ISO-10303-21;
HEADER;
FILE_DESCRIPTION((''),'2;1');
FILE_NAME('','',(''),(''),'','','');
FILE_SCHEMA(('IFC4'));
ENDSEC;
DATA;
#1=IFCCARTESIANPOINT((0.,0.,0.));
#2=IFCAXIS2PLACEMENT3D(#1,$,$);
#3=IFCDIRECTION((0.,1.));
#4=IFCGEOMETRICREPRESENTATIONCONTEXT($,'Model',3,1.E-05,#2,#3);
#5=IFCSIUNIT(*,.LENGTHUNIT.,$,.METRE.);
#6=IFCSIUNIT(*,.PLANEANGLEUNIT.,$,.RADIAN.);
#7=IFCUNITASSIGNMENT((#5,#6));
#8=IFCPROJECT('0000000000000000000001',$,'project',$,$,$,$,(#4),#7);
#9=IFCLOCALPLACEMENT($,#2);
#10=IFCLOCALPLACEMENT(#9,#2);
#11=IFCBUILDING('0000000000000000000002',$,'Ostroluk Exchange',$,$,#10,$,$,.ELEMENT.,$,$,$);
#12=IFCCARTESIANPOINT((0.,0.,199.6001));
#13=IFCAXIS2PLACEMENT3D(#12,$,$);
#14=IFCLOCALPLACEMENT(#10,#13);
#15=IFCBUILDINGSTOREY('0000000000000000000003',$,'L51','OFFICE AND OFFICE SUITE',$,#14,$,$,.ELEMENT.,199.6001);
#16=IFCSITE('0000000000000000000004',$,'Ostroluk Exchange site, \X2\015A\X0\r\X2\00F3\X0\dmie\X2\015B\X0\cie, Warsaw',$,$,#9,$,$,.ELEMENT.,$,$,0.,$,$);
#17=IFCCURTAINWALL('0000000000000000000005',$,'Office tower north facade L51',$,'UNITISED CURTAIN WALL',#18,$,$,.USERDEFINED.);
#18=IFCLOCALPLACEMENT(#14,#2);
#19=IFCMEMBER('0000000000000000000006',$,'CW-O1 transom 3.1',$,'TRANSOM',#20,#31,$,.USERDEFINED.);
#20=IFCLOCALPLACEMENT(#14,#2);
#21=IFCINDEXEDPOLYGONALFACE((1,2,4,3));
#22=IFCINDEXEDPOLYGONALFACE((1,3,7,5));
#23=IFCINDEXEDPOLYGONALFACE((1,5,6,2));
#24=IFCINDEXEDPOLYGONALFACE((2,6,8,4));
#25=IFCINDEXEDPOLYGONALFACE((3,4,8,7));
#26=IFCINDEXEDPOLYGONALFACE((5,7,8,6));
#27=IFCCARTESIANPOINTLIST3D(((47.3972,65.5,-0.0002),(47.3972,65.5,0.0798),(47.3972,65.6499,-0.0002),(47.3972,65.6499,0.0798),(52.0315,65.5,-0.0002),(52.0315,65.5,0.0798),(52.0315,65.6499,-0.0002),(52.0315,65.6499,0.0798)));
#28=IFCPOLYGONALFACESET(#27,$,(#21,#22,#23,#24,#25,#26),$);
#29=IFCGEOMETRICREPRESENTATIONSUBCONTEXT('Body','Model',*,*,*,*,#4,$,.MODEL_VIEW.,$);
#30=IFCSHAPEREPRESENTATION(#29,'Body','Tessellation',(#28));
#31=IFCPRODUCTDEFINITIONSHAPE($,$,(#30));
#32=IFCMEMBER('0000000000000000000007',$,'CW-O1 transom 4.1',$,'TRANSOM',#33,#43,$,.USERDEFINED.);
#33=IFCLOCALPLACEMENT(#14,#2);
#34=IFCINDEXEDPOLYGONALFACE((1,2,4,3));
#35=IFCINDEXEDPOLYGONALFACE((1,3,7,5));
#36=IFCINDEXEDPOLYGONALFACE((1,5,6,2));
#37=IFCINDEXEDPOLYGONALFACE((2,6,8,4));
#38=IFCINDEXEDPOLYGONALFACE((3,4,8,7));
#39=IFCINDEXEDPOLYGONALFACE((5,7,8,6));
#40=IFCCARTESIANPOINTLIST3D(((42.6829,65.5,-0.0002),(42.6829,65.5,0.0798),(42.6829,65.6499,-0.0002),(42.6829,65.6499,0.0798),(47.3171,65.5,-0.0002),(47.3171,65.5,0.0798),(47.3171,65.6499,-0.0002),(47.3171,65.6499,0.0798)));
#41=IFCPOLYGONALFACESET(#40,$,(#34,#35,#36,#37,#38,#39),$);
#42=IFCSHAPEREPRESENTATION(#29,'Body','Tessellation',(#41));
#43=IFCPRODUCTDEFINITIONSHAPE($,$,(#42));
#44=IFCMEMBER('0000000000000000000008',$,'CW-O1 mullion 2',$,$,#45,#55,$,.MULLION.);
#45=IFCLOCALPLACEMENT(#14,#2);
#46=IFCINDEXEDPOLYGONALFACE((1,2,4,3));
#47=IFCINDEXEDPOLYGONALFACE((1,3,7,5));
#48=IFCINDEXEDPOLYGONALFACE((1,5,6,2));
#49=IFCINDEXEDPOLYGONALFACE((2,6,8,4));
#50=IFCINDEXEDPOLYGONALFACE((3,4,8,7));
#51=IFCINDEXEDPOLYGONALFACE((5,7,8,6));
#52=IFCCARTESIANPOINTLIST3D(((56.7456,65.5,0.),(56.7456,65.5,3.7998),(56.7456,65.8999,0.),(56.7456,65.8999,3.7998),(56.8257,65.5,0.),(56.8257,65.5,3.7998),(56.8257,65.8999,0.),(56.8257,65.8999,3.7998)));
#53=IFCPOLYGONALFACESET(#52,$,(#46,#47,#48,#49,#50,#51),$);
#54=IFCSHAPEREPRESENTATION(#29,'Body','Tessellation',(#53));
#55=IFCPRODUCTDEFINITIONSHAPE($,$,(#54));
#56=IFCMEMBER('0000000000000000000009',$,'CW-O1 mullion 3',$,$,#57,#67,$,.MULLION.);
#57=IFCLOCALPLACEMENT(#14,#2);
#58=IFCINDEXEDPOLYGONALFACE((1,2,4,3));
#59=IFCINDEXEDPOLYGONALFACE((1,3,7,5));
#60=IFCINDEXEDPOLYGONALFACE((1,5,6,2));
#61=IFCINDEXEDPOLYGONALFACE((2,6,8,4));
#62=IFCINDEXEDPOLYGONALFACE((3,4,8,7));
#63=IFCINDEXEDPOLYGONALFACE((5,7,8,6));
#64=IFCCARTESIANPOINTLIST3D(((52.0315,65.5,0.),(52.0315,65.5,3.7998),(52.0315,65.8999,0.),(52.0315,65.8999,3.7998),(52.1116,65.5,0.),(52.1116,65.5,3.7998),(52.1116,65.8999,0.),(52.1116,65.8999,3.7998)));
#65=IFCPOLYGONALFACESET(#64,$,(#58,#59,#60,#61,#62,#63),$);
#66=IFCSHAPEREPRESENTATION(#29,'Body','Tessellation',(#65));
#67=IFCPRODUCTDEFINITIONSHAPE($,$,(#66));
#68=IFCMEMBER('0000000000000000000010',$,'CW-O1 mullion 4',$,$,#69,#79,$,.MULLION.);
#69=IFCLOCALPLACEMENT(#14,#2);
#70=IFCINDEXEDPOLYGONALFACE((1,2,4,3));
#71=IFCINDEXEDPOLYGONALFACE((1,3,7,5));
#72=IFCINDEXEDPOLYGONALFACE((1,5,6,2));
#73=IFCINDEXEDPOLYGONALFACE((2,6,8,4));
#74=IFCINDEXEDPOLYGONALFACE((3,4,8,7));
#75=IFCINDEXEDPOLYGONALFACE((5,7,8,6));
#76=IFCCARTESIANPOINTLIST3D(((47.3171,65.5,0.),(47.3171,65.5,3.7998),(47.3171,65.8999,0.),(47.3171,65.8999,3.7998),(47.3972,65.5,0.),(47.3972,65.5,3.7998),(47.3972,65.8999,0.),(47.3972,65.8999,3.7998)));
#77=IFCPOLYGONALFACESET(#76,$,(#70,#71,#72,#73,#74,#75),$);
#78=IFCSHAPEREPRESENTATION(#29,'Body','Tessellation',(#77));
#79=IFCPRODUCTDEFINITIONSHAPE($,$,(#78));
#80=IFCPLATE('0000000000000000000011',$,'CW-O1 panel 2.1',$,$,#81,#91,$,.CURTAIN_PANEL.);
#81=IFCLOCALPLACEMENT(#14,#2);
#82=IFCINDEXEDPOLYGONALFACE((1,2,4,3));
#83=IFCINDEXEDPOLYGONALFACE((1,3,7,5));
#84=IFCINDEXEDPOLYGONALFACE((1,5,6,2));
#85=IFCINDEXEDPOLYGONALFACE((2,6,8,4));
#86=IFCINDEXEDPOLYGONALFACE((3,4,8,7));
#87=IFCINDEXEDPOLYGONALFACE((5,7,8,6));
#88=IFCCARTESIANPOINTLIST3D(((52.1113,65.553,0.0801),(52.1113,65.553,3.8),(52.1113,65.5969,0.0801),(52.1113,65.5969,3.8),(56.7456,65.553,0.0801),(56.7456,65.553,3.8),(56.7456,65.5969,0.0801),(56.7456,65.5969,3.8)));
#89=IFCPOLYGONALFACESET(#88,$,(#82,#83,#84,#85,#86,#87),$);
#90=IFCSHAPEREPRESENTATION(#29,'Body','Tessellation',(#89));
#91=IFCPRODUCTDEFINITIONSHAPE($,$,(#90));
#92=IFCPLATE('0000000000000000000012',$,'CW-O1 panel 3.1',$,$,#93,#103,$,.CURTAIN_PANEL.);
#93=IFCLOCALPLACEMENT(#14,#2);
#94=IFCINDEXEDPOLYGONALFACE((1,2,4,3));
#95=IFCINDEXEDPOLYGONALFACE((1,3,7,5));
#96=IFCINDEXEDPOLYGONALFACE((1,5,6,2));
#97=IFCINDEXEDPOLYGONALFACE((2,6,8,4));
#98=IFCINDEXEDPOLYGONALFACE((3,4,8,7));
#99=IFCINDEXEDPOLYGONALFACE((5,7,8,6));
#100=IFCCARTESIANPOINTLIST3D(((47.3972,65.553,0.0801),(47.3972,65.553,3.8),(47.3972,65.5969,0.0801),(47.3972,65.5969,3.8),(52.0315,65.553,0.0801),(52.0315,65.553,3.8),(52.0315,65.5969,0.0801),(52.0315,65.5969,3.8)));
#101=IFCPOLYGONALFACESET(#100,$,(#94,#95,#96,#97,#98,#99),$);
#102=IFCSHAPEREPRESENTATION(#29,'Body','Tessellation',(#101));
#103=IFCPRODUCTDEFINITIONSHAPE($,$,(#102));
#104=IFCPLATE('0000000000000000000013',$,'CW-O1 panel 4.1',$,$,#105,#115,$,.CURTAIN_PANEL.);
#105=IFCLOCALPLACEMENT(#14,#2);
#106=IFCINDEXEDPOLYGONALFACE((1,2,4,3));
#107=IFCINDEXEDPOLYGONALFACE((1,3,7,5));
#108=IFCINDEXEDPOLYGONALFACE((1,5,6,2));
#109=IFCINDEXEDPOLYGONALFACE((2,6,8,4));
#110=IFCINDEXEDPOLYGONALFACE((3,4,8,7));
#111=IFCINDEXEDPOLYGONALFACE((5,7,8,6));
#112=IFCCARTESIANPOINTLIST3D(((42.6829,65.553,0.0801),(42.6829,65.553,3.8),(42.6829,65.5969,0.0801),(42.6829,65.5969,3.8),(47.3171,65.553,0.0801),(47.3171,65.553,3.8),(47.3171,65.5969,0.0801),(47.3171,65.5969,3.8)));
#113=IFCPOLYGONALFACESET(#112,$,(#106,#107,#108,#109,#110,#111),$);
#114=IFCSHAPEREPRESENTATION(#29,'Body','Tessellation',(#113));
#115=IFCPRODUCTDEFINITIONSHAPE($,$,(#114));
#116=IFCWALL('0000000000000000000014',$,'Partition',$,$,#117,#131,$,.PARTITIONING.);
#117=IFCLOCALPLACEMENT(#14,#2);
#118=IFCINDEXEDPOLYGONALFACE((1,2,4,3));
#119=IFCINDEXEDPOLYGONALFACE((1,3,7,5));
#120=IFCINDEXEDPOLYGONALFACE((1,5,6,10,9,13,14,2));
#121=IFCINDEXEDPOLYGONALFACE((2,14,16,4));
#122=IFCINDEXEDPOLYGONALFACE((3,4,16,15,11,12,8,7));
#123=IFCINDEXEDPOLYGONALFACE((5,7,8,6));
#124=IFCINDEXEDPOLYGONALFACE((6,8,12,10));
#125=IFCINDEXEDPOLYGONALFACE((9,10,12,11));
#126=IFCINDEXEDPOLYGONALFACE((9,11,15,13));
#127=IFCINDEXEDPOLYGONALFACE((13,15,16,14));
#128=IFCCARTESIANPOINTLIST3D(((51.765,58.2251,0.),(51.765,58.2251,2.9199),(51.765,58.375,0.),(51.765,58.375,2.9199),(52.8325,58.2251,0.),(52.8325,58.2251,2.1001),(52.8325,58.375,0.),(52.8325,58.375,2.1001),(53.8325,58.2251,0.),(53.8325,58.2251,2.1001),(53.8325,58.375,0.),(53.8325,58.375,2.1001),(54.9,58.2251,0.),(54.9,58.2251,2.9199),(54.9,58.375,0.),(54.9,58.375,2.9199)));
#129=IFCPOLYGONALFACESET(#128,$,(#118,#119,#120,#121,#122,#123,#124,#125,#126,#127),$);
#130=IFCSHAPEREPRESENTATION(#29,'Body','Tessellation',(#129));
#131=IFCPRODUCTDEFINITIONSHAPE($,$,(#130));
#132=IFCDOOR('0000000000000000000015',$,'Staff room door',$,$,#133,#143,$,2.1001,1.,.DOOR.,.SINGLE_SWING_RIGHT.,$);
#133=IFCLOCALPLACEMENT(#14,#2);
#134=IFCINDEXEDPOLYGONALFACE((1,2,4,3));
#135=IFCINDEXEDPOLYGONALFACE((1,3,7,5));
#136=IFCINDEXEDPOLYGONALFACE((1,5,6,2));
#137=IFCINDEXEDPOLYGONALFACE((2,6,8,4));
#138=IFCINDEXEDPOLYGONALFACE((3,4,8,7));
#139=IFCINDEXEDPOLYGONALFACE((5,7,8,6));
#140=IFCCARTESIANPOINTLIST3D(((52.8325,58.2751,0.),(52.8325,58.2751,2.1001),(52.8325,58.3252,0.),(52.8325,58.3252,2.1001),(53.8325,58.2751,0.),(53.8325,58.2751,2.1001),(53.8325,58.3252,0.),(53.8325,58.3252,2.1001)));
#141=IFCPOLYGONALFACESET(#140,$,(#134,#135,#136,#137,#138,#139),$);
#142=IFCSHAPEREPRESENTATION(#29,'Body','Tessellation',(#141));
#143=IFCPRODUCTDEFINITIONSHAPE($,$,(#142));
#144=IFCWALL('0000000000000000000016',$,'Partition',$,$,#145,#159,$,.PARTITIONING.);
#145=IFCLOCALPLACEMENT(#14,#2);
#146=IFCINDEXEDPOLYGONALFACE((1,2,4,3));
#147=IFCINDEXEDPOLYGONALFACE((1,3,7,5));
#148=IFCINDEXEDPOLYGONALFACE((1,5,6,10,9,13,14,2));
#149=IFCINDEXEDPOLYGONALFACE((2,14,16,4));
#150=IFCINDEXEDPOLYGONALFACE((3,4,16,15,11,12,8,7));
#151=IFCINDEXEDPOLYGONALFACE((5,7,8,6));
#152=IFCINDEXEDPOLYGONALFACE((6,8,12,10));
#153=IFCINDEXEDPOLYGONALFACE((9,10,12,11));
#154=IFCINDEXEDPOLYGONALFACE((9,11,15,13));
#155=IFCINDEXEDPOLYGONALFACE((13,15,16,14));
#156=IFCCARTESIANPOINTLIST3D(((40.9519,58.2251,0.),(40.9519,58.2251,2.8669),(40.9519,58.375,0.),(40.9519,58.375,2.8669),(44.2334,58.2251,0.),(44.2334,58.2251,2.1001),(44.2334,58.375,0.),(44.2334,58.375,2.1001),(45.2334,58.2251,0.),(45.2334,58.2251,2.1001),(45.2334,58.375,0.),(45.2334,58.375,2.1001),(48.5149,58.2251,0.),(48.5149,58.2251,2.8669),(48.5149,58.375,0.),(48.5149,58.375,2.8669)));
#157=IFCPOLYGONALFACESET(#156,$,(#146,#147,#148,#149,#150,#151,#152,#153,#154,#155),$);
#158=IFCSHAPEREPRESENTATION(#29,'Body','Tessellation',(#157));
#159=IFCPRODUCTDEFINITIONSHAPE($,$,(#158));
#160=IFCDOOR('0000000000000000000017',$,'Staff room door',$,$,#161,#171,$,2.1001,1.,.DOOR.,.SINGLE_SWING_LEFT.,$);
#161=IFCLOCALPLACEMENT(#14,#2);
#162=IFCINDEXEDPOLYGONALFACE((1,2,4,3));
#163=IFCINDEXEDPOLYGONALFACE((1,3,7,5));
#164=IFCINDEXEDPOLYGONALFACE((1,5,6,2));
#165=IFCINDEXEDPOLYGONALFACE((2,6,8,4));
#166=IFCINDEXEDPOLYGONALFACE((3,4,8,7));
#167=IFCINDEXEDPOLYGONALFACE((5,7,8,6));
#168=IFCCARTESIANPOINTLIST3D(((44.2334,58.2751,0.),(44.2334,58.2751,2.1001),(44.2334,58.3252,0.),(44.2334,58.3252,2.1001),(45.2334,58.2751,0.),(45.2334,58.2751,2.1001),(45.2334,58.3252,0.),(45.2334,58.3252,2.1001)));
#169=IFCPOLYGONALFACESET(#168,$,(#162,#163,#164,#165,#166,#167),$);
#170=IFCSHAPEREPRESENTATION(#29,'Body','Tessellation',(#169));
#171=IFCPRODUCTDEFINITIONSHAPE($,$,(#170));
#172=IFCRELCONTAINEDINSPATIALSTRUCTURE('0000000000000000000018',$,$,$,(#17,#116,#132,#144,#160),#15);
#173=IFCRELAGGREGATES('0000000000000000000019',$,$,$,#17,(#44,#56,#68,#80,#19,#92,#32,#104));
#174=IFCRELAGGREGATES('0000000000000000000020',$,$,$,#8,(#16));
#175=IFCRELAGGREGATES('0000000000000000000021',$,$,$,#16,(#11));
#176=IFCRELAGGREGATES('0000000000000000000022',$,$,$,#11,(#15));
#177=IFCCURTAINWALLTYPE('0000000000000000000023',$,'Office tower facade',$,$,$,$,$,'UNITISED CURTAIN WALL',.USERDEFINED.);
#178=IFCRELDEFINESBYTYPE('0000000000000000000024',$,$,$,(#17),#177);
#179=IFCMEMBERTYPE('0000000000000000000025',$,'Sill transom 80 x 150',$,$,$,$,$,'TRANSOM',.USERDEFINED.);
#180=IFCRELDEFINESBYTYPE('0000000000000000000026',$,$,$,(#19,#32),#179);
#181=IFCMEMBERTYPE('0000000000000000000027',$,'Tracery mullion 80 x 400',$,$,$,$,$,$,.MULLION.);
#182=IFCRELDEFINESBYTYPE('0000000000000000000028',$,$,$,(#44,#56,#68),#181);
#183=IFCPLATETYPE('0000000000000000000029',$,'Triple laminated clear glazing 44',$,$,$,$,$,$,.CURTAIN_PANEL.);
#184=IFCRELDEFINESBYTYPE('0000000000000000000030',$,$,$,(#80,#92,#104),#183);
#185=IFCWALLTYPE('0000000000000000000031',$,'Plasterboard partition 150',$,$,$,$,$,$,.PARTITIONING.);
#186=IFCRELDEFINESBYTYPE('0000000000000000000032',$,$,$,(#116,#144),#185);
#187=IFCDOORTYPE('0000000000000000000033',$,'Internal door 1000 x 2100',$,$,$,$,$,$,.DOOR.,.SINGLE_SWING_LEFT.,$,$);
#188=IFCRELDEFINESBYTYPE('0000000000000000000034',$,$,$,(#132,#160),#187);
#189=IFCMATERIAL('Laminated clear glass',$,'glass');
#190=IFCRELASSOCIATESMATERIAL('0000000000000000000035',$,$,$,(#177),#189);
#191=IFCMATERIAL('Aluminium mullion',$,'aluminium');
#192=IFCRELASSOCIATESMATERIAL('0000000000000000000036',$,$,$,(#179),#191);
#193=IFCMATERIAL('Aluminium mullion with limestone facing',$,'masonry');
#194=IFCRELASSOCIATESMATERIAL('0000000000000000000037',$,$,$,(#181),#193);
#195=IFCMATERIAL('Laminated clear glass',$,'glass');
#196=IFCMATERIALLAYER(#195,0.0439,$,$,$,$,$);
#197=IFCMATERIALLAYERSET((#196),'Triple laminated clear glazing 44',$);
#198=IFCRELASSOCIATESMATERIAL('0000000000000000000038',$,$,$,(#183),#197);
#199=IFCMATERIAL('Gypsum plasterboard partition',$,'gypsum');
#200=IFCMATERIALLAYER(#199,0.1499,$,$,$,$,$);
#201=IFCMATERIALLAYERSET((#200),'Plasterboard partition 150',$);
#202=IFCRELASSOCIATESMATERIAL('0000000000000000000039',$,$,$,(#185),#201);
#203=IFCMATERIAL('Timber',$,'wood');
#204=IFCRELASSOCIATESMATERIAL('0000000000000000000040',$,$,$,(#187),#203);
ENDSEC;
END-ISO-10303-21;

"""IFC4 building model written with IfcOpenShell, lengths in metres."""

from ifc_helpers import new_model, si_unit, direction, frame, frame_2d, origin, origin_2d, place, context, subcontext, project, spatial, rectangle, extrude, material, layer, layer_set, material_profile, profile_set, type_object, element, fill, aggregate, save


model = new_model("IFC4")

# Units and contexts
model_context = context("Model", 3, precision=1e-05, world=origin(), true_north=direction((0.0, 1.0)))
body_context = subcontext(model_context, "Body", "Model", "MODEL_VIEW")
ifc_project = project(units=[si_unit("LENGTHUNIT", "METRE"), si_unit("PLANEANGLEUNIT", "RADIAN")], contexts=[model_context])

# Site, building, storey
site_placement = place(None, origin())
site = spatial("IfcSite", under=ifc_project, at=site_placement, Name="Ostroluk Exchange site, Śródmieście, Warsaw", CompositionType="ELEMENT", RefElevation=0.0)
building_placement = place(site_placement, origin())
building = spatial("IfcBuilding", under=site, at=building_placement, Name="Ostroluk Exchange", CompositionType="ELEMENT")
storey_placement = place(building_placement, frame((0.0, 0.0, 199.6001)))
storey = spatial("IfcBuildingStorey", under=building, at=storey_placement, Name="L51", Description="OFFICE AND OFFICE SUITE", CompositionType="ELEMENT", Elevation=199.6001)

# Curtain wall, members, plates
ifc_material_1 = material(Name="Laminated clear glass", Category="glass")
curtain_wall_type = type_object("IfcCurtainWallType", Name="Office tower facade", ElementType="UNITISED CURTAIN WALL", PredefinedType="USERDEFINED", material=ifc_material_1)
curtain_wall_placement = place(storey_placement, origin())
curtain_wall = element("IfcCurtainWall", 1, at=curtain_wall_placement, inside=storey, type_object=curtain_wall_type, Name="Office tower north facade L51", ObjectType="UNITISED CURTAIN WALL", PredefinedType="USERDEFINED")
ifc_material_2 = material(Name="Aluminium mullion", Category="aluminium")
ifc_material_profile_1 = material_profile(ifc_material_2, rectangle(XDim=0.1499, YDim=0.0801, at=origin_2d()), Name="Sill transom 80 x 150")
ifc_profile_set_1 = profile_set([ifc_material_profile_1], Name="Aluminium mullion")
member_type_1 = type_object("IfcMemberType", Name="Sill transom 80 x 150", ElementType="TRANSOM", PredefinedType="USERDEFINED", material=ifc_profile_set_1)
member_1_placement = place(storey_placement, frame((52.0315, 65.575, 0.0398), z_axis=(-1.0, 0.0, 0.0), x_axis=(0.0, -1.0, 0.0)))
member_1 = element("IfcMember", 2, at=member_1_placement, type_object=member_type_1, Name="CW-O1 transom 3.1", ObjectType="TRANSOM", PredefinedType="USERDEFINED", context=body_context, shape_type="SweptSolid", body=[
    extrude(rectangle(XDim=0.1499, YDim=0.0801, at=origin_2d()), origin(), (0.0, 0.0, 1.0), 4.6343),
])
member_2_placement = place(storey_placement, frame((47.3171, 65.575, 0.0398), z_axis=(-1.0, 0.0, 0.0), x_axis=(0.0, -1.0, 0.0)))
member_2 = element("IfcMember", 3, at=member_2_placement, type_object=member_type_1, Name="CW-O1 transom 4.1", ObjectType="TRANSOM", PredefinedType="USERDEFINED", context=body_context, shape_type="SweptSolid", body=[
    extrude(rectangle(XDim=0.1499, YDim=0.0801, at=origin_2d()), origin(), (0.0, 0.0, 1.0), 4.6343),
])
ifc_material_3 = material(Name="Aluminium mullion with limestone facing", Category="masonry")
ifc_material_profile_2 = material_profile(ifc_material_3, rectangle(XDim=0.3999, YDim=0.0801, at=origin_2d()), Name="Tracery mullion 80 x 400")
ifc_profile_set_2 = profile_set([ifc_material_profile_2], Name="Aluminium mullion with limestone facing")
member_type_2 = type_object("IfcMemberType", Name="Tracery mullion 80 x 400", PredefinedType="MULLION", material=ifc_profile_set_2)
member_3_placement = place(storey_placement, frame((56.7856, 65.7, 0.0), z_axis=(0.0, 0.0, 1.0), x_axis=(0.0, -1.0, 0.0)))
member_3 = element("IfcMember", 4, at=member_3_placement, type_object=member_type_2, Name="CW-O1 mullion 2", PredefinedType="MULLION", context=body_context, shape_type="SweptSolid", body=[
    extrude(rectangle(XDim=0.3999, YDim=0.0801, at=origin_2d()), origin(), (0.0, 0.0, 1.0), 3.7998),
])
member_4_placement = place(storey_placement, frame((52.0715, 65.7, 0.0), z_axis=(0.0, 0.0, 1.0), x_axis=(0.0, -1.0, 0.0)))
member_4 = element("IfcMember", 5, at=member_4_placement, type_object=member_type_2, Name="CW-O1 mullion 3", PredefinedType="MULLION", context=body_context, shape_type="SweptSolid", body=[
    extrude(rectangle(XDim=0.3999, YDim=0.0801, at=origin_2d()), origin(), (0.0, 0.0, 1.0), 3.7998),
])
member_5_placement = place(storey_placement, frame((47.3572, 65.7, 0.0), z_axis=(0.0, 0.0, 1.0), x_axis=(0.0, -1.0, 0.0)))
member_5 = element("IfcMember", 6, at=member_5_placement, type_object=member_type_2, Name="CW-O1 mullion 4", PredefinedType="MULLION", context=body_context, shape_type="SweptSolid", body=[
    extrude(rectangle(XDim=0.3999, YDim=0.0801, at=origin_2d()), origin(), (0.0, 0.0, 1.0), 3.7998),
])
ifc_material_4 = material(Name="Laminated clear glass", Category="glass")
ifc_layer_1 = layer(ifc_material_4, 0.0439)
ifc_layer_set_1 = layer_set([ifc_layer_1], Name="Triple laminated clear glazing 44")
plate_type = type_object("IfcPlateType", Name="Triple laminated clear glazing 44", PredefinedType="CURTAIN_PANEL", material=ifc_layer_set_1)
plate_1_placement = place(storey_placement, frame((54.4285, 65.575, 0.0801), z_axis=(0.0, 0.0, 1.0), x_axis=(-1.0, 0.0, 0.0)))
plate_1 = element("IfcPlate", 7, at=plate_1_placement, type_object=plate_type, Name="CW-O1 panel 2.1", PredefinedType="CURTAIN_PANEL", context=body_context, shape_type="SweptSolid", body=[
    extrude(rectangle(XDim=4.6343, YDim=0.0439, at=origin_2d()), origin(), (0.0, 0.0, 1.0), 3.72),
])
plate_2_placement = place(storey_placement, frame((49.7144, 65.575, 0.0801), z_axis=(0.0, 0.0, 1.0), x_axis=(-1.0, 0.0, 0.0)))
plate_2 = element("IfcPlate", 8, at=plate_2_placement, type_object=plate_type, Name="CW-O1 panel 3.1", PredefinedType="CURTAIN_PANEL", context=body_context, shape_type="SweptSolid", body=[
    extrude(rectangle(XDim=4.6343, YDim=0.0439, at=origin_2d()), origin(), (0.0, 0.0, 1.0), 3.72),
])
plate_3_placement = place(storey_placement, frame((45.0, 65.575, 0.0801), z_axis=(0.0, 0.0, 1.0), x_axis=(-1.0, 0.0, 0.0)))
plate_3 = element("IfcPlate", 9, at=plate_3_placement, type_object=plate_type, Name="CW-O1 panel 4.1", PredefinedType="CURTAIN_PANEL", context=body_context, shape_type="SweptSolid", body=[
    extrude(rectangle(XDim=4.6343, YDim=0.0439, at=origin_2d()), origin(), (0.0, 0.0, 1.0), 3.72),
])
aggregate(curtain_wall, [member_3, member_4, member_5, plate_1, member_1, plate_2, member_2, plate_3])

# Walls, openings, doors
ifc_material_5 = material(Name="Gypsum plasterboard partition", Category="gypsum")
ifc_layer_2 = layer(ifc_material_5, 0.1499)
ifc_layer_set_2 = layer_set([ifc_layer_2], Name="Plasterboard partition 150")
wall_type = type_object("IfcWallType", Name="Plasterboard partition 150", PredefinedType="PARTITIONING", material=ifc_layer_set_2)
wall_1_placement = place(storey_placement, frame((54.8999, 58.3, 0.0), z_axis=(0.0, 0.0, 1.0), x_axis=(-1.0, 0.0, 0.0)))
wall_1 = element("IfcWall", 10, at=wall_1_placement, inside=storey, type_object=wall_type, Name="Partition", PredefinedType="PARTITIONING", context=body_context, shape_type="SweptSolid", body=[
    extrude(rectangle(XDim=3.135, YDim=0.1499, at=frame_2d((1.5674, 0.0))), origin(), (0.0, 0.0, 1.0), 2.9199),
])
opening_1_placement = place(wall_1_placement, frame((1.0674, 0.0, 0.0)))
opening_1 = element("IfcOpeningElement", 11, at=opening_1_placement, cuts=wall_1, PredefinedType="OPENING", context=body_context, shape_type="SweptSolid", body=[
    extrude(rectangle(XDim=1.0, YDim=2.1001, at=frame_2d((0.5, 1.05))), frame((0.0, 0.085, 0.0), z_axis=(0.0, -1.0, 0.0), x_axis=(1.0, 0.0, 0.0)), (0.0, 0.0, 1.0), 0.1699),
])
ifc_material_6 = material(Name="Timber", Category="wood")
door_type = type_object("IfcDoorType", Name="Internal door 1000 x 2100", OperationType="SINGLE_SWING_LEFT", PredefinedType="DOOR", material=ifc_material_6)
door_1_placement = place(opening_1_placement, origin())
door_1 = element("IfcDoor", 12, at=door_1_placement, inside=storey, type_object=door_type, Name="Staff room door", OperationType="SINGLE_SWING_RIGHT", OverallHeight=2.1001, OverallWidth=1.0, PredefinedType="DOOR", context=body_context, shape_type="SweptSolid", body=[
    extrude(rectangle(XDim=1.0, YDim=2.1001, at=frame_2d((0.5, 1.05))), frame((0.0, 0.0249, 0.0), z_axis=(0.0, -1.0, 0.0), x_axis=(1.0, 0.0, 0.0)), (0.0, 0.0, 1.0), 0.05),
])
fill(opening_1, door_1)
wall_2_placement = place(storey_placement, frame((48.5149, 58.3, 0.0), z_axis=(0.0, 0.0, 1.0), x_axis=(-1.0, 0.0, 0.0)))
wall_2 = element("IfcWall", 13, at=wall_2_placement, inside=storey, type_object=wall_type, Name="Partition", PredefinedType="PARTITIONING", context=body_context, shape_type="SweptSolid", body=[
    extrude(rectangle(XDim=7.563, YDim=0.1499, at=frame_2d((3.7815, 0.0))), origin(), (0.0, 0.0, 1.0), 2.8669),
])
opening_2_placement = place(wall_2_placement, frame((3.2815, 0.0, 0.0)))
opening_2 = element("IfcOpeningElement", 14, at=opening_2_placement, cuts=wall_2, PredefinedType="OPENING", context=body_context, shape_type="SweptSolid", body=[
    extrude(rectangle(XDim=1.0, YDim=2.1001, at=frame_2d((0.5, 1.05))), frame((0.0, 0.085, 0.0), z_axis=(0.0, -1.0, 0.0), x_axis=(1.0, 0.0, 0.0)), (0.0, 0.0, 1.0), 0.1699),
])
door_2_placement = place(opening_2_placement, origin())
door_2 = element("IfcDoor", 15, at=door_2_placement, inside=storey, type_object=door_type, Name="Staff room door", OperationType="SINGLE_SWING_LEFT", OverallHeight=2.1001, OverallWidth=1.0, PredefinedType="DOOR", context=body_context, shape_type="SweptSolid", body=[
    extrude(rectangle(XDim=1.0, YDim=2.1001, at=frame_2d((0.5, 1.05))), frame((0.0, 0.0249, 0.0), z_axis=(0.0, -1.0, 0.0), x_axis=(1.0, 0.0, 0.0)), (0.0, 0.0, 1.0), 0.05),
])
fill(opening_2, door_2)

save(model, "model.ifc")
